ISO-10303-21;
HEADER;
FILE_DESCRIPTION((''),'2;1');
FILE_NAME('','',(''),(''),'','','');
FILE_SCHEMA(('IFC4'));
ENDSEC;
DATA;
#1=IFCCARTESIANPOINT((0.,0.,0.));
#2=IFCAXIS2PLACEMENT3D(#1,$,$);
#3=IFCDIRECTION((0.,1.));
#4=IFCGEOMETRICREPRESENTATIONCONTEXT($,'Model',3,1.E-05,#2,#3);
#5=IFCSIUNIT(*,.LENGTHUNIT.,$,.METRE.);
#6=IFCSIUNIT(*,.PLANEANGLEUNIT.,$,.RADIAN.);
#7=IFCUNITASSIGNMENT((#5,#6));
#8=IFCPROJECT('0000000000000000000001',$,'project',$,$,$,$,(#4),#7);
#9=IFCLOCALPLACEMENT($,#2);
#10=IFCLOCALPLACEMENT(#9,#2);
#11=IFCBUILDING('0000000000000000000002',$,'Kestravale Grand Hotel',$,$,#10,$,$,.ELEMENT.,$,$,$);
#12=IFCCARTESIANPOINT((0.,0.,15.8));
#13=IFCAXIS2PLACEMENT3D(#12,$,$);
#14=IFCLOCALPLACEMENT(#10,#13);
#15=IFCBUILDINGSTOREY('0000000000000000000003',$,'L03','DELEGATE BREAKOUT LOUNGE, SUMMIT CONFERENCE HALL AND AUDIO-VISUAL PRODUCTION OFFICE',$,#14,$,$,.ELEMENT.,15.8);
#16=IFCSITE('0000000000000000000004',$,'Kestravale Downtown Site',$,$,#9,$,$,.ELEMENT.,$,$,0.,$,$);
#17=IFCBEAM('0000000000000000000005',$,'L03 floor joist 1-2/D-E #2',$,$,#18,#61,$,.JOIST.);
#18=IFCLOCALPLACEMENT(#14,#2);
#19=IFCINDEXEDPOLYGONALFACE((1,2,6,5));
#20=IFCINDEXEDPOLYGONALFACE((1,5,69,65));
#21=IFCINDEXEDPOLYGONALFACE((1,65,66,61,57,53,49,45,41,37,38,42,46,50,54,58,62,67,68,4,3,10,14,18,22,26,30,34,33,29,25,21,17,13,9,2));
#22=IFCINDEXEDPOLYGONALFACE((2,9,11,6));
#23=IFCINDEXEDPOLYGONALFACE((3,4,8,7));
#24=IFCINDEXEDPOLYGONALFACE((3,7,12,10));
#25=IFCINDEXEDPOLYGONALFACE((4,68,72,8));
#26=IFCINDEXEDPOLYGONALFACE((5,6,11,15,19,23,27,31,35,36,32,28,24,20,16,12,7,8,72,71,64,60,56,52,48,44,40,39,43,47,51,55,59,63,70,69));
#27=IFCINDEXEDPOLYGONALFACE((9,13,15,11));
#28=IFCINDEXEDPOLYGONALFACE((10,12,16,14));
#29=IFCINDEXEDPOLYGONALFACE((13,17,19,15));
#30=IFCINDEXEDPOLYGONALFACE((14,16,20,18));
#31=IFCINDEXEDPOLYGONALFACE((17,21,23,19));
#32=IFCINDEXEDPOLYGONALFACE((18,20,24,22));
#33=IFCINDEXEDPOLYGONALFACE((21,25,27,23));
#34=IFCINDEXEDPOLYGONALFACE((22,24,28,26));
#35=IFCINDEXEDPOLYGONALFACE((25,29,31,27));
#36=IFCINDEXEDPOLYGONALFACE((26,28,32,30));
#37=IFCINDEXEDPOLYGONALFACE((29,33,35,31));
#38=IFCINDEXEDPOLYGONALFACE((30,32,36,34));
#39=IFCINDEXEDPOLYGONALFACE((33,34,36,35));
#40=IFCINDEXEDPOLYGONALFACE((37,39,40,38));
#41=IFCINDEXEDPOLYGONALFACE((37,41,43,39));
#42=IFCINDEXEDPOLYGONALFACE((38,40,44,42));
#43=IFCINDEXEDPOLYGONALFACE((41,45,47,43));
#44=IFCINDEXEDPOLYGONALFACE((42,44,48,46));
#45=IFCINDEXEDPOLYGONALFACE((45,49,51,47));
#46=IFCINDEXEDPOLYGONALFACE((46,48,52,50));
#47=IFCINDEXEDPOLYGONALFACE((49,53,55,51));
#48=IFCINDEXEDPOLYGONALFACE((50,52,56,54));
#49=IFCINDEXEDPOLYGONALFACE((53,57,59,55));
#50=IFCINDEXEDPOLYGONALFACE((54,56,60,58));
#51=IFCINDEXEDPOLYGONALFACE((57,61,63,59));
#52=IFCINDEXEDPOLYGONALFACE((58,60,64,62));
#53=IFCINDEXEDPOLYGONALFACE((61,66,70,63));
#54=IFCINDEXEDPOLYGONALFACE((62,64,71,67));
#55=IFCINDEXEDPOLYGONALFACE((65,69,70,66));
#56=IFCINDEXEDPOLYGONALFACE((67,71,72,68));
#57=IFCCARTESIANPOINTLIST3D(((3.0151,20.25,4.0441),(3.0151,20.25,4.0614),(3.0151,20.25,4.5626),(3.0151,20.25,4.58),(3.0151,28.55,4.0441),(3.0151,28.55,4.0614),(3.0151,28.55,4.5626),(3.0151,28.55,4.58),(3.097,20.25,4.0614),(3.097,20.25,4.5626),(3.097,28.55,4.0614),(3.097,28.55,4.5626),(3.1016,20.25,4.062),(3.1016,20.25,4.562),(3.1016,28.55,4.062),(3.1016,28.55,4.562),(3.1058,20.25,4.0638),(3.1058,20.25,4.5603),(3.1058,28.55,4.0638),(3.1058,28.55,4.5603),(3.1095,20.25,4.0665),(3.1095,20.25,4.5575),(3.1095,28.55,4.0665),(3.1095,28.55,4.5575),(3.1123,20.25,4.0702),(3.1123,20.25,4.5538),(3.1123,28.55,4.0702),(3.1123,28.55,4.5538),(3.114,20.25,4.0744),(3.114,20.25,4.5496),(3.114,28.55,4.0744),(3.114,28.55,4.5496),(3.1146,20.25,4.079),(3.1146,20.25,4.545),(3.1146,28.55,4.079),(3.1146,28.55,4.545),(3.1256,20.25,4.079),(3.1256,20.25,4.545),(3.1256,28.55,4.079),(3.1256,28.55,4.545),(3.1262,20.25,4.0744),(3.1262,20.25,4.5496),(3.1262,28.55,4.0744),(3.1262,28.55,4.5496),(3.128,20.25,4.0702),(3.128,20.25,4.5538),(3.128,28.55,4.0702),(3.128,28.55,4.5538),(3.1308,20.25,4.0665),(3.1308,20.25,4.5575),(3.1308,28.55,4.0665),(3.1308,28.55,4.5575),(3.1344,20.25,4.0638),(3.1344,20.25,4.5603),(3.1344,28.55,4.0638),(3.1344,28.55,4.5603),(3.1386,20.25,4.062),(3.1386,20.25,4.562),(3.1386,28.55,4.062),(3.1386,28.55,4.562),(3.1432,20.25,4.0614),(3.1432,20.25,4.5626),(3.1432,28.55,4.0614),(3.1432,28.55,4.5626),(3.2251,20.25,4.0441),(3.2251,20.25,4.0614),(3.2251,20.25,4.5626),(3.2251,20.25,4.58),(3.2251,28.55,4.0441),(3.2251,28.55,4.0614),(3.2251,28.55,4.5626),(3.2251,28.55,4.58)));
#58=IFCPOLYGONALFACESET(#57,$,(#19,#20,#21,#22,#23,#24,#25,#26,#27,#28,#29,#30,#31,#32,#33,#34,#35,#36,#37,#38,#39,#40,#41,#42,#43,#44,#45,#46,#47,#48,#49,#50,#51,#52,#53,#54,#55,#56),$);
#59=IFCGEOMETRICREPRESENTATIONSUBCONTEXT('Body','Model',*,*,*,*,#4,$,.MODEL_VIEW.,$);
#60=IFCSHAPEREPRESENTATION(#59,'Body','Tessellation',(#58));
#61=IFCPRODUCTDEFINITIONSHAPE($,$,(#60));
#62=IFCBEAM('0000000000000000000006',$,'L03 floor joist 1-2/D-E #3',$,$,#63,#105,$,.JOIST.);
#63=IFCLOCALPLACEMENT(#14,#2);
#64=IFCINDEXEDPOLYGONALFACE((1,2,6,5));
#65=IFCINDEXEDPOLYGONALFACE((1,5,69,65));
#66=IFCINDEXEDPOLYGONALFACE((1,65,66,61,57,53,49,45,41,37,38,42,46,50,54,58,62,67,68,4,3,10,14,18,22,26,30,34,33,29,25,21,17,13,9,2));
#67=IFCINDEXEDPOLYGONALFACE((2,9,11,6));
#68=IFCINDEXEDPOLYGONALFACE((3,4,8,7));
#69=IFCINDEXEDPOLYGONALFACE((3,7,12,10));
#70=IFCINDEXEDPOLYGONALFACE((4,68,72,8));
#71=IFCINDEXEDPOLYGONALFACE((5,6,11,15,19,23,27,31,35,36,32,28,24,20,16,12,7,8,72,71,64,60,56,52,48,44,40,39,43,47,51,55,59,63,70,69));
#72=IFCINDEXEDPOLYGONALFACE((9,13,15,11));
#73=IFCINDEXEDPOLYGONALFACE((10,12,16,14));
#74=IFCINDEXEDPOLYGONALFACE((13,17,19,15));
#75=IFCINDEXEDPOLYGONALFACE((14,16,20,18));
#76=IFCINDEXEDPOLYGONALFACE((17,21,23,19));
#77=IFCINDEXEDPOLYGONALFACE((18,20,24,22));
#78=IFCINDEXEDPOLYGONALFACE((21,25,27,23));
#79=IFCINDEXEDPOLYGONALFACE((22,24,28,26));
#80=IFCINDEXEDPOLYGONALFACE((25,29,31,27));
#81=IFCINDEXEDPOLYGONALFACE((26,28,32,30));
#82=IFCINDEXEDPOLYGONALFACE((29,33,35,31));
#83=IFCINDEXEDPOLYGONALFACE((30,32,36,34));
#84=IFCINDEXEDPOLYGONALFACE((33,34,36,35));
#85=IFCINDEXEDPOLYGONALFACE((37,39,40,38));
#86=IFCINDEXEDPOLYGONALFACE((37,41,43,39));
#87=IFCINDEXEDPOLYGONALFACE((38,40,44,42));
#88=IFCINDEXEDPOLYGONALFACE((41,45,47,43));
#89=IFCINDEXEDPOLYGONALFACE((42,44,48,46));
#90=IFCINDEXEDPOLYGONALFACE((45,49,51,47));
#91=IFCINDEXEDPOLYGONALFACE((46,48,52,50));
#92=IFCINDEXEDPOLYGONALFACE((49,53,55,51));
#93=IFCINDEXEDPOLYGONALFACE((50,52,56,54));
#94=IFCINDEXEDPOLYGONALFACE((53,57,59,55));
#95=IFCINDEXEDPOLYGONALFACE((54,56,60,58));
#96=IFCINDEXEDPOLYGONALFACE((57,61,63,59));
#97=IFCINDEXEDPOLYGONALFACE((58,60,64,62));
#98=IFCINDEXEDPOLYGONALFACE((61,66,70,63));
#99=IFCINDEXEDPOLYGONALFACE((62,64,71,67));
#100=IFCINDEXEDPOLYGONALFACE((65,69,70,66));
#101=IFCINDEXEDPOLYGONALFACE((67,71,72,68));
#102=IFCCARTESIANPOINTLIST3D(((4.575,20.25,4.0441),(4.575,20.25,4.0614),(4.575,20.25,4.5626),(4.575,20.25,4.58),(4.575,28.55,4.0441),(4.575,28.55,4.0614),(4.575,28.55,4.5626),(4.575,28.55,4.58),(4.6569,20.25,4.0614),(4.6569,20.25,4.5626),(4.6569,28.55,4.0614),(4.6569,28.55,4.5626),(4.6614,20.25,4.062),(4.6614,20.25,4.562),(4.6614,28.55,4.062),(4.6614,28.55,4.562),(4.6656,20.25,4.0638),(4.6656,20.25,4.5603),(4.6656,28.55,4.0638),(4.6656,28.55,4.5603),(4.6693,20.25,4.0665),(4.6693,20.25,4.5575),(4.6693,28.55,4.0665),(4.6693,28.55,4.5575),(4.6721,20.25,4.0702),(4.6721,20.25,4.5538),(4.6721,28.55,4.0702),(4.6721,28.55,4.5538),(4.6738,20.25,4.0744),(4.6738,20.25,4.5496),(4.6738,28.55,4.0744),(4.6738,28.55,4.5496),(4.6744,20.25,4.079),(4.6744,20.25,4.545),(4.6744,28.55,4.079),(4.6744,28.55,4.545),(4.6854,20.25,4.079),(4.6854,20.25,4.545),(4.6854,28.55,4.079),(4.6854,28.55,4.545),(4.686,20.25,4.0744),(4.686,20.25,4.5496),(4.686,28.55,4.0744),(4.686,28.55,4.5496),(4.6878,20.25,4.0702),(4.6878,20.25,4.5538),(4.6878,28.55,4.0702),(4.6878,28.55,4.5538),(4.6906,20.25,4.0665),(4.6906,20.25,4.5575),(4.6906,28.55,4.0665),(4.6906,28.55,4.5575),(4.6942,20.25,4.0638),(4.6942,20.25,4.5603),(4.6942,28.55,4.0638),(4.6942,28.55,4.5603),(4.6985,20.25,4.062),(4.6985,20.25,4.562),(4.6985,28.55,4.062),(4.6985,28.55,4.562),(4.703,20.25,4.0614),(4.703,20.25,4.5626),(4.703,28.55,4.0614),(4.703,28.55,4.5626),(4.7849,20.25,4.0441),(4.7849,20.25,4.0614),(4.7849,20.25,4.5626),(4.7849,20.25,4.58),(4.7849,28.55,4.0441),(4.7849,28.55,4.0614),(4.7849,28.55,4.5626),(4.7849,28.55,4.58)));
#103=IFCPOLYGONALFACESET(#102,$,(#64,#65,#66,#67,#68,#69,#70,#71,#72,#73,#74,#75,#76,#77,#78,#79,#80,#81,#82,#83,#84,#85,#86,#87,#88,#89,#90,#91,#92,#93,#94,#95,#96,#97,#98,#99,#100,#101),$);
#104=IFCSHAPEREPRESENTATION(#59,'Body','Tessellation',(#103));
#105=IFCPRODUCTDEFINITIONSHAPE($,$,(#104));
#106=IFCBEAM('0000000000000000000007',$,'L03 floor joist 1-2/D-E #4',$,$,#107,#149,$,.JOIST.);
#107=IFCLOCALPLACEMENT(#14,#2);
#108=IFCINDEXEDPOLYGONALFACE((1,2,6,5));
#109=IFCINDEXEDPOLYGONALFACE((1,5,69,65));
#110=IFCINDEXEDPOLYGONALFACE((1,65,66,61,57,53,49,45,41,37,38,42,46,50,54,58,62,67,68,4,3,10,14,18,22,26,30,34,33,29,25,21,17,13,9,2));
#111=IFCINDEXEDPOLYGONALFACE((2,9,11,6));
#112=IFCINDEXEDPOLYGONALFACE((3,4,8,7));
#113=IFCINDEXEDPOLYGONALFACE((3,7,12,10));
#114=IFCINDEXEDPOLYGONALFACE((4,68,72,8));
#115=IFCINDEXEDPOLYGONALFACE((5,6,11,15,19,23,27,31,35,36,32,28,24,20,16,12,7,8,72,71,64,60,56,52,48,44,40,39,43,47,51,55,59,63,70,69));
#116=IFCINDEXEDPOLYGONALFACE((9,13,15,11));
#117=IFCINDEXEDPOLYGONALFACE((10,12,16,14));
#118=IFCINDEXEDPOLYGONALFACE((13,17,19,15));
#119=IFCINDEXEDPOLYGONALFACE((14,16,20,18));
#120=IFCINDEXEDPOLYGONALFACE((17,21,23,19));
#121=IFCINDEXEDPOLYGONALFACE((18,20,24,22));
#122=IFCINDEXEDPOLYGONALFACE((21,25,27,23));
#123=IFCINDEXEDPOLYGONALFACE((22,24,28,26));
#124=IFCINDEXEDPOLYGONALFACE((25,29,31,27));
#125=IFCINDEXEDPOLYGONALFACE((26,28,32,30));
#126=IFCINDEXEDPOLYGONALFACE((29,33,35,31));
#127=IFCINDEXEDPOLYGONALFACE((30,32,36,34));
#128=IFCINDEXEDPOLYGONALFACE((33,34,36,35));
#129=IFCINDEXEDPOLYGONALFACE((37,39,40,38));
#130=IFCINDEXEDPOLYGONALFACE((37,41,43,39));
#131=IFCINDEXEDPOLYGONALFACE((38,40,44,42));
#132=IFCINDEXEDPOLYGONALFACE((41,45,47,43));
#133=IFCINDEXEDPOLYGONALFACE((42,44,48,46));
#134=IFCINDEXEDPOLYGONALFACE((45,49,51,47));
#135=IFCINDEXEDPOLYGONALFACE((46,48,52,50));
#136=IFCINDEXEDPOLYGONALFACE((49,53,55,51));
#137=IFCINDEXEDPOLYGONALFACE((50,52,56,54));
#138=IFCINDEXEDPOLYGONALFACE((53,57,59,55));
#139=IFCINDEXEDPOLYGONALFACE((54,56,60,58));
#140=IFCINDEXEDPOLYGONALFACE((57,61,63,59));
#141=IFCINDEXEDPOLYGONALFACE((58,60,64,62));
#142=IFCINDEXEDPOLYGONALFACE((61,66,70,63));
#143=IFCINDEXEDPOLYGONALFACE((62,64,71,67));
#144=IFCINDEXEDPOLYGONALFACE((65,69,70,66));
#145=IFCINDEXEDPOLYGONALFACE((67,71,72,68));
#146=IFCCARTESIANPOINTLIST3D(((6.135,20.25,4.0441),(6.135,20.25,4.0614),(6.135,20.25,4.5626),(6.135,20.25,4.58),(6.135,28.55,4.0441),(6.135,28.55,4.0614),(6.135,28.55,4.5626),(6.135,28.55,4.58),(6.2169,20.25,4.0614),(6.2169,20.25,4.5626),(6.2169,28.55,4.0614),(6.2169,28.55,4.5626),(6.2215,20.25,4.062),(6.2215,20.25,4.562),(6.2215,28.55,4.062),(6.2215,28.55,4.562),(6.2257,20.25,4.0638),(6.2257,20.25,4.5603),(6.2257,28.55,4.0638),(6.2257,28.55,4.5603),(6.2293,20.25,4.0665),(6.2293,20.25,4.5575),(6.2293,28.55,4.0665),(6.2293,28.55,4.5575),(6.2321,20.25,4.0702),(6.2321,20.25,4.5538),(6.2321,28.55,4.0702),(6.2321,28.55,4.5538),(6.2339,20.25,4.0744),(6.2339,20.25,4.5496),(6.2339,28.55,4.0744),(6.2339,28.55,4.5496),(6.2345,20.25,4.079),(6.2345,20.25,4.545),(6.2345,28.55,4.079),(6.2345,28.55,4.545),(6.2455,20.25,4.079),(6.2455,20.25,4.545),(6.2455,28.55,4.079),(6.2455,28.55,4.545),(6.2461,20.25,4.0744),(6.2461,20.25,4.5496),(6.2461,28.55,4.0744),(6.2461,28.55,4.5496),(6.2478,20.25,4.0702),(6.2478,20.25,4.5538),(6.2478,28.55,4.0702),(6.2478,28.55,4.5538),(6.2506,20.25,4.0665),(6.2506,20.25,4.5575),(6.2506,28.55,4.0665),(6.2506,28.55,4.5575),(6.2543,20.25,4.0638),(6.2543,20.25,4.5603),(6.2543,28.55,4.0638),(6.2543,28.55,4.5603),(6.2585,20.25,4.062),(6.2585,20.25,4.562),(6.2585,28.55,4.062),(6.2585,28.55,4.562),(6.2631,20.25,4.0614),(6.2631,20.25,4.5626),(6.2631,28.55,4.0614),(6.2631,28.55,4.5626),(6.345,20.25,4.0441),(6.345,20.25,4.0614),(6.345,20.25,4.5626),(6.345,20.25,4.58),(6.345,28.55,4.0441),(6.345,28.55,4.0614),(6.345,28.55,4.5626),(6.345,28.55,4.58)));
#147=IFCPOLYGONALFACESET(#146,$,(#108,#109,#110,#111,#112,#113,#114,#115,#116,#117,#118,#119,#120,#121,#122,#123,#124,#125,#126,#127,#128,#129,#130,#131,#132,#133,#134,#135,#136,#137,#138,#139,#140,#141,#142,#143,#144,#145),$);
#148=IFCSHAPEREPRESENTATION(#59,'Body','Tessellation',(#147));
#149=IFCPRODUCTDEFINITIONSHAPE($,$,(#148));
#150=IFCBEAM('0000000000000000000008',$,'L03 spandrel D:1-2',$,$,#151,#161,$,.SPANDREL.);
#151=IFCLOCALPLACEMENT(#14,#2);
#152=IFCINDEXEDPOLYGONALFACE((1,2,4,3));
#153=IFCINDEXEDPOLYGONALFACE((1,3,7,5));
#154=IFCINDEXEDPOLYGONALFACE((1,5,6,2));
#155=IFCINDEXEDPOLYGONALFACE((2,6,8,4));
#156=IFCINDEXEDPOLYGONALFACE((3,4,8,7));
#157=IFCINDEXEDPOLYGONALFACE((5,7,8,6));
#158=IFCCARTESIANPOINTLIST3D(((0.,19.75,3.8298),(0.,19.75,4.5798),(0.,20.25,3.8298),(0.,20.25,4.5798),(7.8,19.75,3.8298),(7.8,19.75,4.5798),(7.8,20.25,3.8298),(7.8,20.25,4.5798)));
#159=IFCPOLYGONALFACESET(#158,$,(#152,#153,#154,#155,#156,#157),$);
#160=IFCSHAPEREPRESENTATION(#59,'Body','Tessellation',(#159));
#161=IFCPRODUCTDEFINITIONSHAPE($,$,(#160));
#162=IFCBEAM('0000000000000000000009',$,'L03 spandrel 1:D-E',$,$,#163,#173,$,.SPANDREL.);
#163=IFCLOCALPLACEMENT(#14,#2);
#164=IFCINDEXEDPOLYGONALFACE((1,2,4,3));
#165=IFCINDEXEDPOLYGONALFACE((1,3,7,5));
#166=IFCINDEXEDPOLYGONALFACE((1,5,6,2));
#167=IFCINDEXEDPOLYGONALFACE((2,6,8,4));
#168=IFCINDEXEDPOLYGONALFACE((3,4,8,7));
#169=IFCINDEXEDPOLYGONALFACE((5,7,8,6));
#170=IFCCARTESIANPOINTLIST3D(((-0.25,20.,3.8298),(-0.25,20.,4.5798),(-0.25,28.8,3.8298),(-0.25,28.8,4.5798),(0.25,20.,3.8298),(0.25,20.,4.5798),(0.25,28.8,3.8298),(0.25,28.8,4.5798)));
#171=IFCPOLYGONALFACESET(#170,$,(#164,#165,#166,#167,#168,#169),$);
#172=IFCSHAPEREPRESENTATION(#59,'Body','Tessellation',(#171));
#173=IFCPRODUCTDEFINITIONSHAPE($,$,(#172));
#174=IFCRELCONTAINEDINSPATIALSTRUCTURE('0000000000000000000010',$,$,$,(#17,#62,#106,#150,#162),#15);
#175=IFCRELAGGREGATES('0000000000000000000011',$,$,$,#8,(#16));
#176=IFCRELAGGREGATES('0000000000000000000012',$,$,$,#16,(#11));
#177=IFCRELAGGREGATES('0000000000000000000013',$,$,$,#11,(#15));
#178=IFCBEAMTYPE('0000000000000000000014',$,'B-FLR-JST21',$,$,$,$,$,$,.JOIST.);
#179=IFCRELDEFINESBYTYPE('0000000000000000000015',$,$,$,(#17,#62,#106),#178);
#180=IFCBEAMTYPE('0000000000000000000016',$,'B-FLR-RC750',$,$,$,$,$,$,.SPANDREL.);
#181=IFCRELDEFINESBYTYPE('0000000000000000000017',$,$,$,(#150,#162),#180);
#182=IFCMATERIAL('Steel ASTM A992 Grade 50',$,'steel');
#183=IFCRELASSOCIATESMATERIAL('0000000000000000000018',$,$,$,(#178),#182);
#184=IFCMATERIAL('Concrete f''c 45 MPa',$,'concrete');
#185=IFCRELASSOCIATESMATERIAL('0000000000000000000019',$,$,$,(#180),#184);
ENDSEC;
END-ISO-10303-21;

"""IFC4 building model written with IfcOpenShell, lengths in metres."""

from ifc_helpers import new_model, si_unit, direction, frame, origin, origin_2d, place, context, subcontext, project, spatial, rectangle, i_section, extrude, material, material_profile, profile_set, type_object, element, save


model = new_model("IFC4")

# Units and contexts
model_context = context("Model", 3, precision=1e-05, world=origin(), true_north=direction((0.0, 1.0)))
body_context = subcontext(model_context, "Body", "Model", "MODEL_VIEW")
ifc_project = project(units=[si_unit("LENGTHUNIT", "METRE"), si_unit("PLANEANGLEUNIT", "RADIAN")], contexts=[model_context])

# Site, building, storey
site_placement = place(None, origin())
site = spatial("IfcSite", under=ifc_project, at=site_placement, Name="Kestravale Downtown Site", CompositionType="ELEMENT", RefElevation=0.0)
building_placement = place(site_placement, origin())
building = spatial("IfcBuilding", under=site, at=building_placement, Name="Kestravale Grand Hotel", CompositionType="ELEMENT")
storey_placement = place(building_placement, frame((0.0, 0.0, 15.8)))
storey = spatial("IfcBuildingStorey", under=building, at=storey_placement, Name="L03", Description="DELEGATE BREAKOUT LOUNGE, SUMMIT CONFERENCE HALL AND AUDIO-VISUAL PRODUCTION OFFICE", CompositionType="ELEMENT", Elevation=15.8)

# Beams
ifc_material_1 = material(Name="Steel ASTM A992 Grade 50", Category="steel")
ifc_material_profile_1 = material_profile(ifc_material_1, i_section(OverallWidth=0.21, OverallDepth=0.5359, WebThickness=0.011, FlangeThickness=0.0173, FilletRadius=0.0176, at=origin_2d()))
ifc_profile_set_1 = profile_set([ifc_material_profile_1], Name="Steel ASTM A992 Grade 50")
beam_type_1 = type_object("IfcBeamType", Name="B-FLR-JST21", PredefinedType="JOIST", material=ifc_profile_set_1)
for number, where, z_axis, x_axis, name in (
    (1, (3.1201, 20.25, 4.312), (0.0, 1.0, 0.0), (-1.0, 0.0, 0.0), "L03 floor joist 1-2/D-E #2"),
    (2, (4.6799, 20.25, 4.312), (0.0, 1.0, 0.0), (-1.0, 0.0, 0.0), "L03 floor joist 1-2/D-E #3"),
    (3, (6.24, 20.25, 4.312), (0.0, 1.0, 0.0), (-1.0, 0.0, 0.0), "L03 floor joist 1-2/D-E #4"),
):
    element("IfcBeam", number, at=place(storey_placement, frame(where, z_axis=z_axis, x_axis=x_axis)), inside=storey, type_object=beam_type_1, Name=name, PredefinedType="JOIST", context=body_context, shape_type="SweptSolid", body=[
        extrude(i_section(OverallWidth=0.21, OverallDepth=0.5359, WebThickness=0.011, FlangeThickness=0.0173, FilletRadius=0.0176, at=origin_2d()), origin(), (0.0, 0.0, 1.0), 8.3),
    ])
ifc_material_2 = material(Name="Concrete f'c 45 MPa", Category="concrete")
ifc_material_profile_2 = material_profile(ifc_material_2, rectangle(XDim=0.5, YDim=0.75, at=origin_2d()))
ifc_profile_set_2 = profile_set([ifc_material_profile_2], Name="Concrete f'c 45 MPa")
beam_type_2 = type_object("IfcBeamType", Name="B-FLR-RC750", PredefinedType="SPANDREL", material=ifc_profile_set_2)
beam_1_placement = place(storey_placement, frame((0.0, 20.0, 4.2048), z_axis=(1.0, 0.0, 0.0), x_axis=(0.0, 1.0, 0.0)))
element("IfcBeam", 4, at=beam_1_placement, inside=storey, type_object=beam_type_2, Name="L03 spandrel D:1-2", PredefinedType="SPANDREL", context=body_context, shape_type="SweptSolid", body=[
    extrude(rectangle(XDim=0.5, YDim=0.75, at=origin_2d()), origin(), (0.0, 0.0, 1.0), 7.8),
])
beam_2_placement = place(storey_placement, frame((0.0, 20.0, 4.2048), z_axis=(0.0, 1.0, 0.0), x_axis=(-1.0, 0.0, 0.0)))
element("IfcBeam", 5, at=beam_2_placement, inside=storey, type_object=beam_type_2, Name="L03 spandrel 1:D-E", PredefinedType="SPANDREL", context=body_context, shape_type="SweptSolid", body=[
    extrude(rectangle(XDim=0.5, YDim=0.75, at=origin_2d()), origin(), (0.0, 0.0, 1.0), 8.8),
])

save(model, "model.ifc")
